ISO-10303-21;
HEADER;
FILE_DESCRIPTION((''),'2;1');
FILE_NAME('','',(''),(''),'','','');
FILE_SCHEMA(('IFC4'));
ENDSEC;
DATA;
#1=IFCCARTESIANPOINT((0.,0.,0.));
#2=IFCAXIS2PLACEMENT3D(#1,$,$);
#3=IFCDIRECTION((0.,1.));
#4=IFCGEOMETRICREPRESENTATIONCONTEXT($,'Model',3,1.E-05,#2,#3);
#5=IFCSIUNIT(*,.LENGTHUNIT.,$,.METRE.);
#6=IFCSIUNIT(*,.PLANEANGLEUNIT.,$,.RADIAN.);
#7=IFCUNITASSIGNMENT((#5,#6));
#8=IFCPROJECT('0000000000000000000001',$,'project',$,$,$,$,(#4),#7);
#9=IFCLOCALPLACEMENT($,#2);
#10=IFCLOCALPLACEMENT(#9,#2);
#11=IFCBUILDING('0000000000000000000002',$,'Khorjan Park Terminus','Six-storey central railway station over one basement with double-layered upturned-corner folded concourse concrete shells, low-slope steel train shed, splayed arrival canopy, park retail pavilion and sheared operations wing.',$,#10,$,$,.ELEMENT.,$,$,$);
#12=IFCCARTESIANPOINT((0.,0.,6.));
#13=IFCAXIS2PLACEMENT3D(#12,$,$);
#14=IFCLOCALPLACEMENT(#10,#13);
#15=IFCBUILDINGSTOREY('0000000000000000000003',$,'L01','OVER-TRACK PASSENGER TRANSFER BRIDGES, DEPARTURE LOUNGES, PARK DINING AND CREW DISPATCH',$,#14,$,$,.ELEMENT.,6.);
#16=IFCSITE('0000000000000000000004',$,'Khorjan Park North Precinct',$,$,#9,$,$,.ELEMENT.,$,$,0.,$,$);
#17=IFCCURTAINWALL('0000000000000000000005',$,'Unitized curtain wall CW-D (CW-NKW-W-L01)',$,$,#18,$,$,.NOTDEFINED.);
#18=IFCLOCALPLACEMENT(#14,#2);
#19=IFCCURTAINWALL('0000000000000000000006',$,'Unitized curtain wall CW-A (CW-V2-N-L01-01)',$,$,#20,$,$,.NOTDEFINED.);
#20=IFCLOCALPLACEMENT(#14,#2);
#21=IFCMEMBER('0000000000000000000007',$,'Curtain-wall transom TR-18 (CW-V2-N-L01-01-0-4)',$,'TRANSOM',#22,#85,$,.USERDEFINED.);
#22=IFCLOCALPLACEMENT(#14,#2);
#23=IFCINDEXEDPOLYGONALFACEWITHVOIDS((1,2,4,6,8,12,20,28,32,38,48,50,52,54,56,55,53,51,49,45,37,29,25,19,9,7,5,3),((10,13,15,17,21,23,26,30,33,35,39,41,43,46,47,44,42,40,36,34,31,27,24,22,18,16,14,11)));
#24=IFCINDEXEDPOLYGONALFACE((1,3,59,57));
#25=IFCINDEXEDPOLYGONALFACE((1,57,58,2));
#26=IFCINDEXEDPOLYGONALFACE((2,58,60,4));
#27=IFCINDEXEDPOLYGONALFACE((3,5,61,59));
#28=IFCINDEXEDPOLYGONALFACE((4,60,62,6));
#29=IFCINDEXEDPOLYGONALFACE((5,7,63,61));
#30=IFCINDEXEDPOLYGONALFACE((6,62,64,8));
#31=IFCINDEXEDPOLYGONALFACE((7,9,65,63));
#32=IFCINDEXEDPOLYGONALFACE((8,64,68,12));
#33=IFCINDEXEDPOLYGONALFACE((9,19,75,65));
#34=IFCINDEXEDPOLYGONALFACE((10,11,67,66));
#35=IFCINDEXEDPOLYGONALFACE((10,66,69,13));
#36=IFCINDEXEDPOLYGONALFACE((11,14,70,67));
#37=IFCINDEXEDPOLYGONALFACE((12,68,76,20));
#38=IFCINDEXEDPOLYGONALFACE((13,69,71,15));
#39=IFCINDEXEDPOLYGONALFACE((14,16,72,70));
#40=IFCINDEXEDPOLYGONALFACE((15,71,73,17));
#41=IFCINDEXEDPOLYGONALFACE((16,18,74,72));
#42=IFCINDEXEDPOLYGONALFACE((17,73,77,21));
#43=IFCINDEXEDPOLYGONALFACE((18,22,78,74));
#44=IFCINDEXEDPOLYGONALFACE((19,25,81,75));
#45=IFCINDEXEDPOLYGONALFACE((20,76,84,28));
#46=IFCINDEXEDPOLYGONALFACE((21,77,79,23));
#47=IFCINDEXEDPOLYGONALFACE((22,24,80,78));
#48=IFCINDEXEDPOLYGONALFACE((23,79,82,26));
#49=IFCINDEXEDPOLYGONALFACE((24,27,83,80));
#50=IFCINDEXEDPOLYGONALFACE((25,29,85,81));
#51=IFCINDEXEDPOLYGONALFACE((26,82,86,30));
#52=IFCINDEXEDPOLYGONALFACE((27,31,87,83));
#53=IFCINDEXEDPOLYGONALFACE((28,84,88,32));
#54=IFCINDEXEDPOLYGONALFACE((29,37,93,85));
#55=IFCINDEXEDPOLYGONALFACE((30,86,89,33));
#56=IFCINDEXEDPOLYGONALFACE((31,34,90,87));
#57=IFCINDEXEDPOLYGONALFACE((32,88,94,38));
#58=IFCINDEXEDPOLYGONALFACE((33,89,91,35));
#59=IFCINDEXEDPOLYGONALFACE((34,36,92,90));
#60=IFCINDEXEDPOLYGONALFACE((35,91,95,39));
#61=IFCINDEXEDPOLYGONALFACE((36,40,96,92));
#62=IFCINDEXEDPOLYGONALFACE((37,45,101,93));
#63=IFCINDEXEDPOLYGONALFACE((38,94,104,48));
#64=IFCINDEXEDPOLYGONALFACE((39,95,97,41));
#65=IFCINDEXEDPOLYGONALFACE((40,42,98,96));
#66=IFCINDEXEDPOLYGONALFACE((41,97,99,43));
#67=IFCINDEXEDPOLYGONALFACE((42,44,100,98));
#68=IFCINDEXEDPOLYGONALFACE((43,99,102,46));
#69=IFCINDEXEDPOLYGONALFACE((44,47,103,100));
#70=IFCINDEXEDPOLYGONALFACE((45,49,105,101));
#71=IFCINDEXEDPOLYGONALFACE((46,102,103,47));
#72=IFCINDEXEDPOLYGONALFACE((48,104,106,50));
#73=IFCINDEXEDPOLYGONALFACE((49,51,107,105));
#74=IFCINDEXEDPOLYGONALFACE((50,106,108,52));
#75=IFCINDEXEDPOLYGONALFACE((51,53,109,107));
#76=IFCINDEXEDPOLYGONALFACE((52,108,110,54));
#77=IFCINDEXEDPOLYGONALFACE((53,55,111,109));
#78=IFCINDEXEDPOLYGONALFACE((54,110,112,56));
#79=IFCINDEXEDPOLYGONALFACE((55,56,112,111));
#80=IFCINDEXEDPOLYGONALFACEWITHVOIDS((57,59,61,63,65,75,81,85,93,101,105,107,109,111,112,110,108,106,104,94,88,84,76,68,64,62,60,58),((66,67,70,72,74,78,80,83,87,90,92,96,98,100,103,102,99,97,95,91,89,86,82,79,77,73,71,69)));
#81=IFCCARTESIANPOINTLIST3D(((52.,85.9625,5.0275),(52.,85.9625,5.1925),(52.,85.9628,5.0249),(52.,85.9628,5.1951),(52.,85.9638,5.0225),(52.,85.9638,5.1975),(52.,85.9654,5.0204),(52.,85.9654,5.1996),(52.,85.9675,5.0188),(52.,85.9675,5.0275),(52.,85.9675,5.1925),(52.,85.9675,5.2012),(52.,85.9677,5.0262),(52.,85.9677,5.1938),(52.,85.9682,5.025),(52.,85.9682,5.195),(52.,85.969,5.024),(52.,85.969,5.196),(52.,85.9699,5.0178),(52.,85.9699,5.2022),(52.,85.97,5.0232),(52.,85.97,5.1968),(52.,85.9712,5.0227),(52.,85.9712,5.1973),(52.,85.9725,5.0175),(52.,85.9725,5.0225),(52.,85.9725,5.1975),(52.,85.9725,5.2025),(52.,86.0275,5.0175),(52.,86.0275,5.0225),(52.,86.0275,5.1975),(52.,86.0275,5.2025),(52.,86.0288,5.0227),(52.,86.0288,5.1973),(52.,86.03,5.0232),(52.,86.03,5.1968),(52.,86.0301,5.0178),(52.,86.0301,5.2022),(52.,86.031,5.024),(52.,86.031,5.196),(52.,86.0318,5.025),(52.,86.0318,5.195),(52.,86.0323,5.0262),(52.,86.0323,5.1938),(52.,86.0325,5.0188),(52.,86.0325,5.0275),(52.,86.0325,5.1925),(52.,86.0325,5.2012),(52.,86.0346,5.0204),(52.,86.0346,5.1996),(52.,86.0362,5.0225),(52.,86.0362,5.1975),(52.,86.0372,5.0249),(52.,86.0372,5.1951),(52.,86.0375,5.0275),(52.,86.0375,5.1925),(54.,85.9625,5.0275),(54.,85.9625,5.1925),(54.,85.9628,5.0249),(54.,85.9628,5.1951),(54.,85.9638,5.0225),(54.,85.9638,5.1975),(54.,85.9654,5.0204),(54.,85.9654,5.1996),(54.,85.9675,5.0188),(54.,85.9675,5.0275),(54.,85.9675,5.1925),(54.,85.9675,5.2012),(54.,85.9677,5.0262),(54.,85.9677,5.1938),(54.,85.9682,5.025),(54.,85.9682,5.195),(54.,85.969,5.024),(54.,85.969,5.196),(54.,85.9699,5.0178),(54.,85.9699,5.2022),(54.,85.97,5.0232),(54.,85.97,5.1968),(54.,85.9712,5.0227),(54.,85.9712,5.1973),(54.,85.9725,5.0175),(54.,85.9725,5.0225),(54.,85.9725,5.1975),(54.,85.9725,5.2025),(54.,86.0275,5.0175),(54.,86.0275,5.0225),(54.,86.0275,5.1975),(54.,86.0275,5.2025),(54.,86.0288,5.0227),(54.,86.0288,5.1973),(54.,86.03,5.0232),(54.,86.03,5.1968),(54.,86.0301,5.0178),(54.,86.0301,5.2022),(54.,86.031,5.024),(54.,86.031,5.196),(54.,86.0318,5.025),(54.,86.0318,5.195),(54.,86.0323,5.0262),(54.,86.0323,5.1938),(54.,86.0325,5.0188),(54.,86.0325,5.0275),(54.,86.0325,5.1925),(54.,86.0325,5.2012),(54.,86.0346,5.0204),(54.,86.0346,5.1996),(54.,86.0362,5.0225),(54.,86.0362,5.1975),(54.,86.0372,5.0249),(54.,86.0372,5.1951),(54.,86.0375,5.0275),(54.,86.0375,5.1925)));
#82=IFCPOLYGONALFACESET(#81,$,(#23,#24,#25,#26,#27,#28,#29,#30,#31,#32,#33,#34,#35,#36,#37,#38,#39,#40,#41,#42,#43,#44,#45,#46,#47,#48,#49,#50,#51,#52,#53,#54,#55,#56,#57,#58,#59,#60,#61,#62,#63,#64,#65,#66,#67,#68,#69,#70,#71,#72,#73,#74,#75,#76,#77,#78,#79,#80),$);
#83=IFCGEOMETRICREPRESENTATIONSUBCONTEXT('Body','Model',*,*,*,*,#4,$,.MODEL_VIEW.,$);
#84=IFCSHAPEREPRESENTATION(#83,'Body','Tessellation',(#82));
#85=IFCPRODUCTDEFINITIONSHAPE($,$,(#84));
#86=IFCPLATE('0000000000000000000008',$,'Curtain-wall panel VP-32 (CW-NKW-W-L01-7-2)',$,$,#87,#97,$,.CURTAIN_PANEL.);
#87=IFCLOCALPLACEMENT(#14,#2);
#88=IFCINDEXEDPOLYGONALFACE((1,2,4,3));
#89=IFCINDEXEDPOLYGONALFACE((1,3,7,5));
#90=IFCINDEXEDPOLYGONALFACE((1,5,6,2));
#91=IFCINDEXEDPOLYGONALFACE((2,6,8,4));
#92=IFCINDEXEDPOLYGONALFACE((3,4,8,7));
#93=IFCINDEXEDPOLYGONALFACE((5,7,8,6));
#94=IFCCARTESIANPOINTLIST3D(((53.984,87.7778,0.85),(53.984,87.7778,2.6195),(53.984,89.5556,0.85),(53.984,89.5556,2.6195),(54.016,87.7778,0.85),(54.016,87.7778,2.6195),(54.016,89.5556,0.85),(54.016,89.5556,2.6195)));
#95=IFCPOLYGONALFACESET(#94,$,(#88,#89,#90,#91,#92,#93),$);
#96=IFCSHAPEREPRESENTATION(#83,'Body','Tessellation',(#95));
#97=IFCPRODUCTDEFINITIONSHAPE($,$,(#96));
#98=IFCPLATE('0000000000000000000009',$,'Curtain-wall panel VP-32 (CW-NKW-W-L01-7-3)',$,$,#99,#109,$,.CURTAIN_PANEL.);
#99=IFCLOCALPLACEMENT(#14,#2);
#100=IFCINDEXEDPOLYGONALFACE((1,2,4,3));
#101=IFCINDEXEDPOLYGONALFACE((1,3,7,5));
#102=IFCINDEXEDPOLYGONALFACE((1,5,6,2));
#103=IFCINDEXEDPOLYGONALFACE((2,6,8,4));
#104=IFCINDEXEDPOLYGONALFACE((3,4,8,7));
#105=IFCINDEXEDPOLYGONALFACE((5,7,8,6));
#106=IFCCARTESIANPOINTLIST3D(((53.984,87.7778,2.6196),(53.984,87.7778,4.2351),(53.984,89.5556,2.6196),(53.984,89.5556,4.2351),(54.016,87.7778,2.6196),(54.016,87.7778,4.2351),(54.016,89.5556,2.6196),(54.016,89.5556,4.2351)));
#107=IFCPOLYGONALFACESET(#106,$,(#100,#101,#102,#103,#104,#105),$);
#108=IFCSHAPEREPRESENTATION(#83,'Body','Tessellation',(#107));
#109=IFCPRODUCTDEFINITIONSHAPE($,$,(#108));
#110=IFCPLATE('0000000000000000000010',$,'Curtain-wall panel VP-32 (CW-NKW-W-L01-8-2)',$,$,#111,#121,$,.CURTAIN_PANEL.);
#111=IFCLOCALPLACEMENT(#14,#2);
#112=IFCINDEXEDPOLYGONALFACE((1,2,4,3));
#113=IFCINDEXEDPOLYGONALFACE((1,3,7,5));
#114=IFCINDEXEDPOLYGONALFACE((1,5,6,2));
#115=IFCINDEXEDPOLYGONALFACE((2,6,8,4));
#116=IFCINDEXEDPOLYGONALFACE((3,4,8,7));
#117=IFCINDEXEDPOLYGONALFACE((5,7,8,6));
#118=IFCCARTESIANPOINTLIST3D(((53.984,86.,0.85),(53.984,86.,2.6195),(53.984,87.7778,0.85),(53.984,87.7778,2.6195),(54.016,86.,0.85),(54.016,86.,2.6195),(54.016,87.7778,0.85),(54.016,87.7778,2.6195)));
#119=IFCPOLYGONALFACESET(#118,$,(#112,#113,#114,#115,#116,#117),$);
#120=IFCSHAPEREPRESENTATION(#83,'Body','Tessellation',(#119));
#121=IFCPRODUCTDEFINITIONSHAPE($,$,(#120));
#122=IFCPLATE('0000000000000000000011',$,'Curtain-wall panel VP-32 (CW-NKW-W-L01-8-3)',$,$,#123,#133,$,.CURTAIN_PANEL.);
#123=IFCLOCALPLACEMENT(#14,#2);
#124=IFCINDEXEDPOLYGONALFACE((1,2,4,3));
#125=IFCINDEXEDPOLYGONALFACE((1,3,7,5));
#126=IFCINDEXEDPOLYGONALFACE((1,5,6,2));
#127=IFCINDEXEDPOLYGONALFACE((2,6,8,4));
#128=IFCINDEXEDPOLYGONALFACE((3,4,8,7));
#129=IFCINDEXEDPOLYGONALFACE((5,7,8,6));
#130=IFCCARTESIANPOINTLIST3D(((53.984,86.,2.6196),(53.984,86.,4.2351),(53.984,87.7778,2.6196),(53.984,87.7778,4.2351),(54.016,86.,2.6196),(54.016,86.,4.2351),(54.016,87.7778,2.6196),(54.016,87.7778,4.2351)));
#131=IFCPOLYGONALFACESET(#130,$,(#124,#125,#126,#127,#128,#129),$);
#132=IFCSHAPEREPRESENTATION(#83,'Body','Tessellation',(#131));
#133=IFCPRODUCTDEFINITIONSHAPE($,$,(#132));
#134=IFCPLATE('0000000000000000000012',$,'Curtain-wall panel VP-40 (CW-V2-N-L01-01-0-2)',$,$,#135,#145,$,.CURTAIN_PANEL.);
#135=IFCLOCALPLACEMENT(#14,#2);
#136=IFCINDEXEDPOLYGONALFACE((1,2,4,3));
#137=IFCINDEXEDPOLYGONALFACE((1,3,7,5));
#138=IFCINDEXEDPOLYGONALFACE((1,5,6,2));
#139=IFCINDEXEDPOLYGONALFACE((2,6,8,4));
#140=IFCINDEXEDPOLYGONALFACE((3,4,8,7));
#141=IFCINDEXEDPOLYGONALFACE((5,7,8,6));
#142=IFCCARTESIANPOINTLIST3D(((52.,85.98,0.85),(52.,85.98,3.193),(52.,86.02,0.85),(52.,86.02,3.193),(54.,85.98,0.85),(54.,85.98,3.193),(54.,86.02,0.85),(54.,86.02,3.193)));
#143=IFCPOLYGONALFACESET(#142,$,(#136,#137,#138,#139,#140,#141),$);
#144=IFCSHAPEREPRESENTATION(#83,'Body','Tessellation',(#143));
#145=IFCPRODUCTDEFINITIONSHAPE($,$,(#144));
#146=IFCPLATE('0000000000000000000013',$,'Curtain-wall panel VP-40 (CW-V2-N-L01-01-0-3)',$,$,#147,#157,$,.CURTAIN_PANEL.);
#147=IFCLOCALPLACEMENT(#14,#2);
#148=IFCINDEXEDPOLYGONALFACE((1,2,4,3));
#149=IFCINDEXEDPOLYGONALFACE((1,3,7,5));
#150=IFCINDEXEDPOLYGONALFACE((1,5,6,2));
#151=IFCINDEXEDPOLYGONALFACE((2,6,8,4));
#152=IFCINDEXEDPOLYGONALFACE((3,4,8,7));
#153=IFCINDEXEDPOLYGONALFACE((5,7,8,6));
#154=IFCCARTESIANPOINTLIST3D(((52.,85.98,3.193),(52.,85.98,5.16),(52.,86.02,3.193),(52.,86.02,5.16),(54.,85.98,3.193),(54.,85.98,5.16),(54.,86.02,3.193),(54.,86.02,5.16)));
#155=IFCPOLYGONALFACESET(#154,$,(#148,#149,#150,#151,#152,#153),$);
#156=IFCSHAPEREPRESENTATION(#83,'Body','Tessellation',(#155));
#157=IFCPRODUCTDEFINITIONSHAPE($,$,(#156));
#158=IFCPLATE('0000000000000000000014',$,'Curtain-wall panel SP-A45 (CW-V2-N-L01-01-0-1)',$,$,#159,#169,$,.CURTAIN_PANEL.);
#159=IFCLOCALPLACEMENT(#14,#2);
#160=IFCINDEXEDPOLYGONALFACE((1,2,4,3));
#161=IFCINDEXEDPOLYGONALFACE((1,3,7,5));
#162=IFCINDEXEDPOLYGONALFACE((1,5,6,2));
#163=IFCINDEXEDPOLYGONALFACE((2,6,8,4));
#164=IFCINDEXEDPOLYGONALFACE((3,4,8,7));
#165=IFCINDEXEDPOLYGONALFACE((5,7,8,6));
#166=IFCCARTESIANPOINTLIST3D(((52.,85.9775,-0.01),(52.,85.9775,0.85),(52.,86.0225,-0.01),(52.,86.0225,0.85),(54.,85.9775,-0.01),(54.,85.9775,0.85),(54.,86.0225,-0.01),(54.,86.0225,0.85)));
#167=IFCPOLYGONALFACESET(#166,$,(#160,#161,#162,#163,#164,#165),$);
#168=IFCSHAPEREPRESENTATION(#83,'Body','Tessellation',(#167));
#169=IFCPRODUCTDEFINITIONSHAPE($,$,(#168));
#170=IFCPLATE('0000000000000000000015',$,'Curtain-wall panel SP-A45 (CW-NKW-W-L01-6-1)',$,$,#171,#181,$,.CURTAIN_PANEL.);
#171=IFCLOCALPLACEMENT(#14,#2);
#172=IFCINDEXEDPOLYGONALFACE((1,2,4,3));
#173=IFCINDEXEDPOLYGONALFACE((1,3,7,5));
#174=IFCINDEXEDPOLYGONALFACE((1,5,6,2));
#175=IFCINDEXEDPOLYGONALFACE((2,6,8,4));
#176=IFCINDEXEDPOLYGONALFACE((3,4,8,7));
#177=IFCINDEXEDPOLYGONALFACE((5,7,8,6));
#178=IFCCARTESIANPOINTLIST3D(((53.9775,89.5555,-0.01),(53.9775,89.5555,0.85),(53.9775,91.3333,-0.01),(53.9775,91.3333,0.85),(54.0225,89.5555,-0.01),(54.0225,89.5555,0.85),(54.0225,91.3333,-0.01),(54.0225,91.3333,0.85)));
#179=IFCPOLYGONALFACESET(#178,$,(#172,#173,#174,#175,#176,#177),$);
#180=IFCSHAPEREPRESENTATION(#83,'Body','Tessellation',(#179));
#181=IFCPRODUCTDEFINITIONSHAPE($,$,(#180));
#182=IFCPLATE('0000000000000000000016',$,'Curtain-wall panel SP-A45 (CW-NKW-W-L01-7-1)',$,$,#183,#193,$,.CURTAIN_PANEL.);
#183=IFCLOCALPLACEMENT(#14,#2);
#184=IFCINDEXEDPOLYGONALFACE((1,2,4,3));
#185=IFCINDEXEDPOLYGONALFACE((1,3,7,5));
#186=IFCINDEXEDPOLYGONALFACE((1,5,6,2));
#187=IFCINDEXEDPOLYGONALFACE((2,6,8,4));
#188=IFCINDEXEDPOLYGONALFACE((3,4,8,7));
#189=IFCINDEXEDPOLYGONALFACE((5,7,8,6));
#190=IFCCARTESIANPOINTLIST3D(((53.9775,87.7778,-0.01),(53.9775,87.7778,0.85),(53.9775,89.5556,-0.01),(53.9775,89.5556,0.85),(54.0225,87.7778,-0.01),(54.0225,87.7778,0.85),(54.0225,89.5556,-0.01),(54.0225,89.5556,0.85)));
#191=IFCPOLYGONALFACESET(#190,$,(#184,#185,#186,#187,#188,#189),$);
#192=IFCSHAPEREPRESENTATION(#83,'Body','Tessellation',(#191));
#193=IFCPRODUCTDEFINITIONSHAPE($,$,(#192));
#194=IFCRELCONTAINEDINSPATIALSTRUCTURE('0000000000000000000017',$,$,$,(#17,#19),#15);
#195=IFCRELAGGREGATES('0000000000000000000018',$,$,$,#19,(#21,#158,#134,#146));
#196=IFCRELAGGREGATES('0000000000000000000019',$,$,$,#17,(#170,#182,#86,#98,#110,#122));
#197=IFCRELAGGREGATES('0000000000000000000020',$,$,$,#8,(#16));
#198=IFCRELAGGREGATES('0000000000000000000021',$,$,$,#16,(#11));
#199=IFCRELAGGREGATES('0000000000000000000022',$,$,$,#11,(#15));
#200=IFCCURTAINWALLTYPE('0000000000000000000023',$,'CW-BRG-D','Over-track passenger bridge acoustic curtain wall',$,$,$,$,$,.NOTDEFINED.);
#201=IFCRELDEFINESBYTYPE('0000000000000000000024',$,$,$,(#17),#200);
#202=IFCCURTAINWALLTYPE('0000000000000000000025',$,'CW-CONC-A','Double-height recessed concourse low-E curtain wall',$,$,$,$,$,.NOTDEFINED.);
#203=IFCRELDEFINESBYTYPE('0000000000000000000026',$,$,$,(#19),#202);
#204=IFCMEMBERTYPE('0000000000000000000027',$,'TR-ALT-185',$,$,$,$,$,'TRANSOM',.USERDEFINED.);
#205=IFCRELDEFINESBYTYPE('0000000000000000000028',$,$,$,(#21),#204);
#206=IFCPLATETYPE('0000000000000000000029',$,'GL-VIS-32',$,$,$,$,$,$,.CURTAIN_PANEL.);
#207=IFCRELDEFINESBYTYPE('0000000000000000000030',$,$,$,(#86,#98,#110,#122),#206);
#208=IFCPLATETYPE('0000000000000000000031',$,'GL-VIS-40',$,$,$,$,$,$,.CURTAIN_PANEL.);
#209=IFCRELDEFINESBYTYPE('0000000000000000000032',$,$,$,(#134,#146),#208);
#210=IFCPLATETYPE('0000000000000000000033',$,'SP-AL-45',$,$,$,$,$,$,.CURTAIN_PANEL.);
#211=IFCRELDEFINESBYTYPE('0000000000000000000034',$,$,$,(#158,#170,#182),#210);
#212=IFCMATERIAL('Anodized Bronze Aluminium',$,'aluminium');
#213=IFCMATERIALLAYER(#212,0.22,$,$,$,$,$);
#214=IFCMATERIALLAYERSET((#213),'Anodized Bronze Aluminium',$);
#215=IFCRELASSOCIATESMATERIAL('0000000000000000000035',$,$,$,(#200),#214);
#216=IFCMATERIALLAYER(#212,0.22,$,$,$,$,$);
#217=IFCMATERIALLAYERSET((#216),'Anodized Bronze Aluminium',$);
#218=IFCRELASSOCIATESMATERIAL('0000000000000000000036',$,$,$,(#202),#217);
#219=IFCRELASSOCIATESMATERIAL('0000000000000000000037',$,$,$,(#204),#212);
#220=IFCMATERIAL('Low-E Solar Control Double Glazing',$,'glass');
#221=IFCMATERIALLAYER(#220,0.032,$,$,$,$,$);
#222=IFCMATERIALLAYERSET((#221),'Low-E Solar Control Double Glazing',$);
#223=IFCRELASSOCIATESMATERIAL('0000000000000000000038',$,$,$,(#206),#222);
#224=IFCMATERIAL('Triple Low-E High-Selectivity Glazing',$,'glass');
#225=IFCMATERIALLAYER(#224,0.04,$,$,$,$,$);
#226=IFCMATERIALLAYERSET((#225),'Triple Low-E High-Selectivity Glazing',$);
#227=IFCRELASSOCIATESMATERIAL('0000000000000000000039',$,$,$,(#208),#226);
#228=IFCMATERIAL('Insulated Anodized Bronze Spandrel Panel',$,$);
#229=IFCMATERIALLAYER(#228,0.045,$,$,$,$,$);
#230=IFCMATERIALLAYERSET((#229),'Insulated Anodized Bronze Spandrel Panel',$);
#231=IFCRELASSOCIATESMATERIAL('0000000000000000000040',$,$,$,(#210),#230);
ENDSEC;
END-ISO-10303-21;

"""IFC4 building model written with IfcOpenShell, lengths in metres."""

from ifc_helpers import new_model, si_unit, direction, frame, origin, origin_2d, place, context, subcontext, project, spatial, rectangle, hollow_rectangle, extrude, material, layer, layer_set, material_profile, profile_set, type_object, element, aggregate, save


model = new_model("IFC4")

# Units and contexts
model_context = context("Model", 3, precision=1e-05, world=origin(), true_north=direction((0.0, 1.0)))
body_context = subcontext(model_context, "Body", "Model", "MODEL_VIEW")
ifc_project = project(units=[si_unit("LENGTHUNIT", "METRE"), si_unit("PLANEANGLEUNIT", "RADIAN")], contexts=[model_context])

# Site, building, storey
site_placement = place(None, origin())
site = spatial("IfcSite", under=ifc_project, at=site_placement, Name="Khorjan Park North Precinct", CompositionType="ELEMENT", RefElevation=0.0)
building_placement = place(site_placement, origin())
building = spatial("IfcBuilding", under=site, at=building_placement, Name="Khorjan Park Terminus", Description="Six-storey central railway station over one basement with double-layered upturned-corner folded concourse concrete shells, low-slope steel train shed, splayed arrival canopy, park retail pavilion and sheared operations wing.", CompositionType="ELEMENT")
storey_placement = place(building_placement, frame((0.0, 0.0, 6.0)))
storey = spatial("IfcBuildingStorey", under=building, at=storey_placement, Name="L01", Description="OVER-TRACK PASSENGER TRANSFER BRIDGES, DEPARTURE LOUNGES, PARK DINING AND CREW DISPATCH", CompositionType="ELEMENT", Elevation=6.0)

# Curtain wall
ifc_material_1 = material(Name="Anodized Bronze Aluminium", Category="aluminium")
ifc_layer_1 = layer(ifc_material_1, 0.22)
ifc_layer_set_1 = layer_set([ifc_layer_1], Name="Anodized Bronze Aluminium")
curtain_wall_type_1 = type_object("IfcCurtainWallType", Name="CW-BRG-D", Description="Over-track passenger bridge acoustic curtain wall", PredefinedType="NOTDEFINED", material=ifc_layer_set_1)
curtain_wall_1_placement = place(storey_placement, origin())
curtain_wall_1 = element("IfcCurtainWall", 1, at=curtain_wall_1_placement, inside=storey, type_object=curtain_wall_type_1, Name="Unitized curtain wall CW-D (CW-NKW-W-L01)", PredefinedType="NOTDEFINED")

# Curtain wall
ifc_layer_2 = layer(ifc_material_1, 0.22)
ifc_layer_set_2 = layer_set([ifc_layer_2], Name="Anodized Bronze Aluminium")
curtain_wall_type_2 = type_object("IfcCurtainWallType", Name="CW-CONC-A", Description="Double-height recessed concourse low-E curtain wall", PredefinedType="NOTDEFINED", material=ifc_layer_set_2)
curtain_wall_2_placement = place(storey_placement, origin())
curtain_wall_2 = element("IfcCurtainWall", 2, at=curtain_wall_2_placement, inside=storey, type_object=curtain_wall_type_2, Name="Unitized curtain wall CW-A (CW-V2-N-L01-01)", PredefinedType="NOTDEFINED")

# Member
ifc_material_profile_1 = material_profile(ifc_material_1, hollow_rectangle(XDim=0.075, YDim=0.185, WallThickness=0.005, InnerFilletRadius=0.005, OuterFilletRadius=0.01, at=origin_2d()), Name="ALT 75x185x5")
ifc_profile_set_1 = profile_set([ifc_material_profile_1], Name="Anodized Bronze Aluminium")
member_type_1 = type_object("IfcMemberType", Name="TR-ALT-185", ElementType="TRANSOM", PredefinedType="USERDEFINED", material=ifc_profile_set_1)
member_1_placement = place(storey_placement, frame((54.0, 86.0, 5.11), z_axis=(-1.0, 0.0, 0.0), x_axis=(0.0, -1.0, 0.0)))
member_1 = element("IfcMember", 3, at=member_1_placement, type_object=member_type_1, Name="Curtain-wall transom TR-18 (CW-V2-N-L01-01-0-4)", ObjectType="TRANSOM", PredefinedType="USERDEFINED", context=body_context, shape_type="SweptSolid", body=[
    extrude(hollow_rectangle(XDim=0.075, YDim=0.185, WallThickness=0.005, InnerFilletRadius=0.005, OuterFilletRadius=0.01, at=origin_2d()), origin(), (0.0, 0.0, 1.0), 2.0),
])

# Plates
ifc_material_2 = material(Name="Low-E Solar Control Double Glazing", Category="glass")
ifc_layer_3 = layer(ifc_material_2, 0.032)
ifc_layer_set_3 = layer_set([ifc_layer_3], Name="Low-E Solar Control Double Glazing")
plate_type_1 = type_object("IfcPlateType", Name="GL-VIS-32", PredefinedType="CURTAIN_PANEL", material=ifc_layer_set_3)
plate_1_placement = place(storey_placement, frame((54.0, 88.6667, 0.85), z_axis=(0.0, 0.0, 1.0), x_axis=(0.0, -1.0, 0.0)))
plate_1 = element("IfcPlate", 4, at=plate_1_placement, type_object=plate_type_1, Name="Curtain-wall panel VP-32 (CW-NKW-W-L01-7-2)", PredefinedType="CURTAIN_PANEL", context=body_context, shape_type="SweptSolid", body=[
    extrude(rectangle(XDim=1.7778, YDim=0.032, at=origin_2d()), origin(), (0.0, 0.0, 1.0), 1.7695),
])
plate_2_placement = place(storey_placement, frame((54.0, 88.6667, 2.6196), z_axis=(0.0, 0.0, 1.0), x_axis=(0.0, -1.0, 0.0)))
plate_2 = element("IfcPlate", 5, at=plate_2_placement, type_object=plate_type_1, Name="Curtain-wall panel VP-32 (CW-NKW-W-L01-7-3)", PredefinedType="CURTAIN_PANEL", context=body_context, shape_type="SweptSolid", body=[
    extrude(rectangle(XDim=1.7778, YDim=0.032, at=origin_2d()), origin(), (0.0, 0.0, 1.0), 1.6155),
])
plate_3_placement = place(storey_placement, frame((54.0, 86.8889, 0.85), z_axis=(0.0, 0.0, 1.0), x_axis=(0.0, -1.0, 0.0)))
plate_3 = element("IfcPlate", 6, at=plate_3_placement, type_object=plate_type_1, Name="Curtain-wall panel VP-32 (CW-NKW-W-L01-8-2)", PredefinedType="CURTAIN_PANEL", context=body_context, shape_type="SweptSolid", body=[
    extrude(rectangle(XDim=1.7778, YDim=0.032, at=origin_2d()), origin(), (0.0, 0.0, 1.0), 1.7695),
])
plate_4_placement = place(storey_placement, frame((54.0, 86.8889, 2.6196), z_axis=(0.0, 0.0, 1.0), x_axis=(0.0, -1.0, 0.0)))
plate_4 = element("IfcPlate", 7, at=plate_4_placement, type_object=plate_type_1, Name="Curtain-wall panel VP-32 (CW-NKW-W-L01-8-3)", PredefinedType="CURTAIN_PANEL", context=body_context, shape_type="SweptSolid", body=[
    extrude(rectangle(XDim=1.7778, YDim=0.032, at=origin_2d()), origin(), (0.0, 0.0, 1.0), 1.6155),
])
ifc_material_3 = material(Name="Triple Low-E High-Selectivity Glazing", Category="glass")
ifc_layer_4 = layer(ifc_material_3, 0.04)
ifc_layer_set_4 = layer_set([ifc_layer_4], Name="Triple Low-E High-Selectivity Glazing")
plate_type_2 = type_object("IfcPlateType", Name="GL-VIS-40", PredefinedType="CURTAIN_PANEL", material=ifc_layer_set_4)
plate_5_placement = place(storey_placement, frame((53.0, 86.0, 0.85), z_axis=(0.0, 0.0, 1.0), x_axis=(-1.0, 0.0, 0.0)))
plate_5 = element("IfcPlate", 8, at=plate_5_placement, type_object=plate_type_2, Name="Curtain-wall panel VP-40 (CW-V2-N-L01-01-0-2)", PredefinedType="CURTAIN_PANEL", context=body_context, shape_type="SweptSolid", body=[
    extrude(rectangle(XDim=2.0, YDim=0.04, at=origin_2d()), origin(), (0.0, 0.0, 1.0), 2.343),
])
plate_6_placement = place(storey_placement, frame((53.0, 86.0, 3.193), z_axis=(0.0, 0.0, 1.0), x_axis=(-1.0, 0.0, 0.0)))
plate_6 = element("IfcPlate", 9, at=plate_6_placement, type_object=plate_type_2, Name="Curtain-wall panel VP-40 (CW-V2-N-L01-01-0-3)", PredefinedType="CURTAIN_PANEL", context=body_context, shape_type="SweptSolid", body=[
    extrude(rectangle(XDim=2.0, YDim=0.04, at=origin_2d()), origin(), (0.0, 0.0, 1.0), 1.967),
])
ifc_material_4 = material(Name="Insulated Anodized Bronze Spandrel Panel")
ifc_layer_5 = layer(ifc_material_4, 0.045)
ifc_layer_set_5 = layer_set([ifc_layer_5], Name="Insulated Anodized Bronze Spandrel Panel")
plate_type_3 = type_object("IfcPlateType", Name="SP-AL-45", PredefinedType="CURTAIN_PANEL", material=ifc_layer_set_5)
plate_7_placement = place(storey_placement, frame((53.0, 86.0, -0.01), z_axis=(0.0, 0.0, 1.0), x_axis=(-1.0, 0.0, 0.0)))
plate_7 = element("IfcPlate", 10, at=plate_7_placement, type_object=plate_type_3, Name="Curtain-wall panel SP-A45 (CW-V2-N-L01-01-0-1)", PredefinedType="CURTAIN_PANEL", context=body_context, shape_type="SweptSolid", body=[
    extrude(rectangle(XDim=2.0, YDim=0.045, at=origin_2d()), origin(), (0.0, 0.0, 1.0), 0.86),
])
aggregate(curtain_wall_2, [member_1, plate_7, plate_5, plate_6])
plate_8_placement = place(storey_placement, frame((54.0, 90.4444, -0.01), z_axis=(0.0, 0.0, 1.0), x_axis=(0.0, -1.0, 0.0)))
plate_8 = element("IfcPlate", 11, at=plate_8_placement, type_object=plate_type_3, Name="Curtain-wall panel SP-A45 (CW-NKW-W-L01-6-1)", PredefinedType="CURTAIN_PANEL", context=body_context, shape_type="SweptSolid", body=[
    extrude(rectangle(XDim=1.7778, YDim=0.045, at=origin_2d()), origin(), (0.0, 0.0, 1.0), 0.86),
])
plate_9_placement = place(storey_placement, frame((54.0, 88.6667, -0.01), z_axis=(0.0, 0.0, 1.0), x_axis=(0.0, -1.0, 0.0)))
plate_9 = element("IfcPlate", 12, at=plate_9_placement, type_object=plate_type_3, Name="Curtain-wall panel SP-A45 (CW-NKW-W-L01-7-1)", PredefinedType="CURTAIN_PANEL", context=body_context, shape_type="SweptSolid", body=[
    extrude(rectangle(XDim=1.7778, YDim=0.045, at=origin_2d()), origin(), (0.0, 0.0, 1.0), 0.86),
])
aggregate(curtain_wall_1, [plate_8, plate_9, plate_1, plate_2, plate_3, plate_4])

save(model, "model.ifc")
